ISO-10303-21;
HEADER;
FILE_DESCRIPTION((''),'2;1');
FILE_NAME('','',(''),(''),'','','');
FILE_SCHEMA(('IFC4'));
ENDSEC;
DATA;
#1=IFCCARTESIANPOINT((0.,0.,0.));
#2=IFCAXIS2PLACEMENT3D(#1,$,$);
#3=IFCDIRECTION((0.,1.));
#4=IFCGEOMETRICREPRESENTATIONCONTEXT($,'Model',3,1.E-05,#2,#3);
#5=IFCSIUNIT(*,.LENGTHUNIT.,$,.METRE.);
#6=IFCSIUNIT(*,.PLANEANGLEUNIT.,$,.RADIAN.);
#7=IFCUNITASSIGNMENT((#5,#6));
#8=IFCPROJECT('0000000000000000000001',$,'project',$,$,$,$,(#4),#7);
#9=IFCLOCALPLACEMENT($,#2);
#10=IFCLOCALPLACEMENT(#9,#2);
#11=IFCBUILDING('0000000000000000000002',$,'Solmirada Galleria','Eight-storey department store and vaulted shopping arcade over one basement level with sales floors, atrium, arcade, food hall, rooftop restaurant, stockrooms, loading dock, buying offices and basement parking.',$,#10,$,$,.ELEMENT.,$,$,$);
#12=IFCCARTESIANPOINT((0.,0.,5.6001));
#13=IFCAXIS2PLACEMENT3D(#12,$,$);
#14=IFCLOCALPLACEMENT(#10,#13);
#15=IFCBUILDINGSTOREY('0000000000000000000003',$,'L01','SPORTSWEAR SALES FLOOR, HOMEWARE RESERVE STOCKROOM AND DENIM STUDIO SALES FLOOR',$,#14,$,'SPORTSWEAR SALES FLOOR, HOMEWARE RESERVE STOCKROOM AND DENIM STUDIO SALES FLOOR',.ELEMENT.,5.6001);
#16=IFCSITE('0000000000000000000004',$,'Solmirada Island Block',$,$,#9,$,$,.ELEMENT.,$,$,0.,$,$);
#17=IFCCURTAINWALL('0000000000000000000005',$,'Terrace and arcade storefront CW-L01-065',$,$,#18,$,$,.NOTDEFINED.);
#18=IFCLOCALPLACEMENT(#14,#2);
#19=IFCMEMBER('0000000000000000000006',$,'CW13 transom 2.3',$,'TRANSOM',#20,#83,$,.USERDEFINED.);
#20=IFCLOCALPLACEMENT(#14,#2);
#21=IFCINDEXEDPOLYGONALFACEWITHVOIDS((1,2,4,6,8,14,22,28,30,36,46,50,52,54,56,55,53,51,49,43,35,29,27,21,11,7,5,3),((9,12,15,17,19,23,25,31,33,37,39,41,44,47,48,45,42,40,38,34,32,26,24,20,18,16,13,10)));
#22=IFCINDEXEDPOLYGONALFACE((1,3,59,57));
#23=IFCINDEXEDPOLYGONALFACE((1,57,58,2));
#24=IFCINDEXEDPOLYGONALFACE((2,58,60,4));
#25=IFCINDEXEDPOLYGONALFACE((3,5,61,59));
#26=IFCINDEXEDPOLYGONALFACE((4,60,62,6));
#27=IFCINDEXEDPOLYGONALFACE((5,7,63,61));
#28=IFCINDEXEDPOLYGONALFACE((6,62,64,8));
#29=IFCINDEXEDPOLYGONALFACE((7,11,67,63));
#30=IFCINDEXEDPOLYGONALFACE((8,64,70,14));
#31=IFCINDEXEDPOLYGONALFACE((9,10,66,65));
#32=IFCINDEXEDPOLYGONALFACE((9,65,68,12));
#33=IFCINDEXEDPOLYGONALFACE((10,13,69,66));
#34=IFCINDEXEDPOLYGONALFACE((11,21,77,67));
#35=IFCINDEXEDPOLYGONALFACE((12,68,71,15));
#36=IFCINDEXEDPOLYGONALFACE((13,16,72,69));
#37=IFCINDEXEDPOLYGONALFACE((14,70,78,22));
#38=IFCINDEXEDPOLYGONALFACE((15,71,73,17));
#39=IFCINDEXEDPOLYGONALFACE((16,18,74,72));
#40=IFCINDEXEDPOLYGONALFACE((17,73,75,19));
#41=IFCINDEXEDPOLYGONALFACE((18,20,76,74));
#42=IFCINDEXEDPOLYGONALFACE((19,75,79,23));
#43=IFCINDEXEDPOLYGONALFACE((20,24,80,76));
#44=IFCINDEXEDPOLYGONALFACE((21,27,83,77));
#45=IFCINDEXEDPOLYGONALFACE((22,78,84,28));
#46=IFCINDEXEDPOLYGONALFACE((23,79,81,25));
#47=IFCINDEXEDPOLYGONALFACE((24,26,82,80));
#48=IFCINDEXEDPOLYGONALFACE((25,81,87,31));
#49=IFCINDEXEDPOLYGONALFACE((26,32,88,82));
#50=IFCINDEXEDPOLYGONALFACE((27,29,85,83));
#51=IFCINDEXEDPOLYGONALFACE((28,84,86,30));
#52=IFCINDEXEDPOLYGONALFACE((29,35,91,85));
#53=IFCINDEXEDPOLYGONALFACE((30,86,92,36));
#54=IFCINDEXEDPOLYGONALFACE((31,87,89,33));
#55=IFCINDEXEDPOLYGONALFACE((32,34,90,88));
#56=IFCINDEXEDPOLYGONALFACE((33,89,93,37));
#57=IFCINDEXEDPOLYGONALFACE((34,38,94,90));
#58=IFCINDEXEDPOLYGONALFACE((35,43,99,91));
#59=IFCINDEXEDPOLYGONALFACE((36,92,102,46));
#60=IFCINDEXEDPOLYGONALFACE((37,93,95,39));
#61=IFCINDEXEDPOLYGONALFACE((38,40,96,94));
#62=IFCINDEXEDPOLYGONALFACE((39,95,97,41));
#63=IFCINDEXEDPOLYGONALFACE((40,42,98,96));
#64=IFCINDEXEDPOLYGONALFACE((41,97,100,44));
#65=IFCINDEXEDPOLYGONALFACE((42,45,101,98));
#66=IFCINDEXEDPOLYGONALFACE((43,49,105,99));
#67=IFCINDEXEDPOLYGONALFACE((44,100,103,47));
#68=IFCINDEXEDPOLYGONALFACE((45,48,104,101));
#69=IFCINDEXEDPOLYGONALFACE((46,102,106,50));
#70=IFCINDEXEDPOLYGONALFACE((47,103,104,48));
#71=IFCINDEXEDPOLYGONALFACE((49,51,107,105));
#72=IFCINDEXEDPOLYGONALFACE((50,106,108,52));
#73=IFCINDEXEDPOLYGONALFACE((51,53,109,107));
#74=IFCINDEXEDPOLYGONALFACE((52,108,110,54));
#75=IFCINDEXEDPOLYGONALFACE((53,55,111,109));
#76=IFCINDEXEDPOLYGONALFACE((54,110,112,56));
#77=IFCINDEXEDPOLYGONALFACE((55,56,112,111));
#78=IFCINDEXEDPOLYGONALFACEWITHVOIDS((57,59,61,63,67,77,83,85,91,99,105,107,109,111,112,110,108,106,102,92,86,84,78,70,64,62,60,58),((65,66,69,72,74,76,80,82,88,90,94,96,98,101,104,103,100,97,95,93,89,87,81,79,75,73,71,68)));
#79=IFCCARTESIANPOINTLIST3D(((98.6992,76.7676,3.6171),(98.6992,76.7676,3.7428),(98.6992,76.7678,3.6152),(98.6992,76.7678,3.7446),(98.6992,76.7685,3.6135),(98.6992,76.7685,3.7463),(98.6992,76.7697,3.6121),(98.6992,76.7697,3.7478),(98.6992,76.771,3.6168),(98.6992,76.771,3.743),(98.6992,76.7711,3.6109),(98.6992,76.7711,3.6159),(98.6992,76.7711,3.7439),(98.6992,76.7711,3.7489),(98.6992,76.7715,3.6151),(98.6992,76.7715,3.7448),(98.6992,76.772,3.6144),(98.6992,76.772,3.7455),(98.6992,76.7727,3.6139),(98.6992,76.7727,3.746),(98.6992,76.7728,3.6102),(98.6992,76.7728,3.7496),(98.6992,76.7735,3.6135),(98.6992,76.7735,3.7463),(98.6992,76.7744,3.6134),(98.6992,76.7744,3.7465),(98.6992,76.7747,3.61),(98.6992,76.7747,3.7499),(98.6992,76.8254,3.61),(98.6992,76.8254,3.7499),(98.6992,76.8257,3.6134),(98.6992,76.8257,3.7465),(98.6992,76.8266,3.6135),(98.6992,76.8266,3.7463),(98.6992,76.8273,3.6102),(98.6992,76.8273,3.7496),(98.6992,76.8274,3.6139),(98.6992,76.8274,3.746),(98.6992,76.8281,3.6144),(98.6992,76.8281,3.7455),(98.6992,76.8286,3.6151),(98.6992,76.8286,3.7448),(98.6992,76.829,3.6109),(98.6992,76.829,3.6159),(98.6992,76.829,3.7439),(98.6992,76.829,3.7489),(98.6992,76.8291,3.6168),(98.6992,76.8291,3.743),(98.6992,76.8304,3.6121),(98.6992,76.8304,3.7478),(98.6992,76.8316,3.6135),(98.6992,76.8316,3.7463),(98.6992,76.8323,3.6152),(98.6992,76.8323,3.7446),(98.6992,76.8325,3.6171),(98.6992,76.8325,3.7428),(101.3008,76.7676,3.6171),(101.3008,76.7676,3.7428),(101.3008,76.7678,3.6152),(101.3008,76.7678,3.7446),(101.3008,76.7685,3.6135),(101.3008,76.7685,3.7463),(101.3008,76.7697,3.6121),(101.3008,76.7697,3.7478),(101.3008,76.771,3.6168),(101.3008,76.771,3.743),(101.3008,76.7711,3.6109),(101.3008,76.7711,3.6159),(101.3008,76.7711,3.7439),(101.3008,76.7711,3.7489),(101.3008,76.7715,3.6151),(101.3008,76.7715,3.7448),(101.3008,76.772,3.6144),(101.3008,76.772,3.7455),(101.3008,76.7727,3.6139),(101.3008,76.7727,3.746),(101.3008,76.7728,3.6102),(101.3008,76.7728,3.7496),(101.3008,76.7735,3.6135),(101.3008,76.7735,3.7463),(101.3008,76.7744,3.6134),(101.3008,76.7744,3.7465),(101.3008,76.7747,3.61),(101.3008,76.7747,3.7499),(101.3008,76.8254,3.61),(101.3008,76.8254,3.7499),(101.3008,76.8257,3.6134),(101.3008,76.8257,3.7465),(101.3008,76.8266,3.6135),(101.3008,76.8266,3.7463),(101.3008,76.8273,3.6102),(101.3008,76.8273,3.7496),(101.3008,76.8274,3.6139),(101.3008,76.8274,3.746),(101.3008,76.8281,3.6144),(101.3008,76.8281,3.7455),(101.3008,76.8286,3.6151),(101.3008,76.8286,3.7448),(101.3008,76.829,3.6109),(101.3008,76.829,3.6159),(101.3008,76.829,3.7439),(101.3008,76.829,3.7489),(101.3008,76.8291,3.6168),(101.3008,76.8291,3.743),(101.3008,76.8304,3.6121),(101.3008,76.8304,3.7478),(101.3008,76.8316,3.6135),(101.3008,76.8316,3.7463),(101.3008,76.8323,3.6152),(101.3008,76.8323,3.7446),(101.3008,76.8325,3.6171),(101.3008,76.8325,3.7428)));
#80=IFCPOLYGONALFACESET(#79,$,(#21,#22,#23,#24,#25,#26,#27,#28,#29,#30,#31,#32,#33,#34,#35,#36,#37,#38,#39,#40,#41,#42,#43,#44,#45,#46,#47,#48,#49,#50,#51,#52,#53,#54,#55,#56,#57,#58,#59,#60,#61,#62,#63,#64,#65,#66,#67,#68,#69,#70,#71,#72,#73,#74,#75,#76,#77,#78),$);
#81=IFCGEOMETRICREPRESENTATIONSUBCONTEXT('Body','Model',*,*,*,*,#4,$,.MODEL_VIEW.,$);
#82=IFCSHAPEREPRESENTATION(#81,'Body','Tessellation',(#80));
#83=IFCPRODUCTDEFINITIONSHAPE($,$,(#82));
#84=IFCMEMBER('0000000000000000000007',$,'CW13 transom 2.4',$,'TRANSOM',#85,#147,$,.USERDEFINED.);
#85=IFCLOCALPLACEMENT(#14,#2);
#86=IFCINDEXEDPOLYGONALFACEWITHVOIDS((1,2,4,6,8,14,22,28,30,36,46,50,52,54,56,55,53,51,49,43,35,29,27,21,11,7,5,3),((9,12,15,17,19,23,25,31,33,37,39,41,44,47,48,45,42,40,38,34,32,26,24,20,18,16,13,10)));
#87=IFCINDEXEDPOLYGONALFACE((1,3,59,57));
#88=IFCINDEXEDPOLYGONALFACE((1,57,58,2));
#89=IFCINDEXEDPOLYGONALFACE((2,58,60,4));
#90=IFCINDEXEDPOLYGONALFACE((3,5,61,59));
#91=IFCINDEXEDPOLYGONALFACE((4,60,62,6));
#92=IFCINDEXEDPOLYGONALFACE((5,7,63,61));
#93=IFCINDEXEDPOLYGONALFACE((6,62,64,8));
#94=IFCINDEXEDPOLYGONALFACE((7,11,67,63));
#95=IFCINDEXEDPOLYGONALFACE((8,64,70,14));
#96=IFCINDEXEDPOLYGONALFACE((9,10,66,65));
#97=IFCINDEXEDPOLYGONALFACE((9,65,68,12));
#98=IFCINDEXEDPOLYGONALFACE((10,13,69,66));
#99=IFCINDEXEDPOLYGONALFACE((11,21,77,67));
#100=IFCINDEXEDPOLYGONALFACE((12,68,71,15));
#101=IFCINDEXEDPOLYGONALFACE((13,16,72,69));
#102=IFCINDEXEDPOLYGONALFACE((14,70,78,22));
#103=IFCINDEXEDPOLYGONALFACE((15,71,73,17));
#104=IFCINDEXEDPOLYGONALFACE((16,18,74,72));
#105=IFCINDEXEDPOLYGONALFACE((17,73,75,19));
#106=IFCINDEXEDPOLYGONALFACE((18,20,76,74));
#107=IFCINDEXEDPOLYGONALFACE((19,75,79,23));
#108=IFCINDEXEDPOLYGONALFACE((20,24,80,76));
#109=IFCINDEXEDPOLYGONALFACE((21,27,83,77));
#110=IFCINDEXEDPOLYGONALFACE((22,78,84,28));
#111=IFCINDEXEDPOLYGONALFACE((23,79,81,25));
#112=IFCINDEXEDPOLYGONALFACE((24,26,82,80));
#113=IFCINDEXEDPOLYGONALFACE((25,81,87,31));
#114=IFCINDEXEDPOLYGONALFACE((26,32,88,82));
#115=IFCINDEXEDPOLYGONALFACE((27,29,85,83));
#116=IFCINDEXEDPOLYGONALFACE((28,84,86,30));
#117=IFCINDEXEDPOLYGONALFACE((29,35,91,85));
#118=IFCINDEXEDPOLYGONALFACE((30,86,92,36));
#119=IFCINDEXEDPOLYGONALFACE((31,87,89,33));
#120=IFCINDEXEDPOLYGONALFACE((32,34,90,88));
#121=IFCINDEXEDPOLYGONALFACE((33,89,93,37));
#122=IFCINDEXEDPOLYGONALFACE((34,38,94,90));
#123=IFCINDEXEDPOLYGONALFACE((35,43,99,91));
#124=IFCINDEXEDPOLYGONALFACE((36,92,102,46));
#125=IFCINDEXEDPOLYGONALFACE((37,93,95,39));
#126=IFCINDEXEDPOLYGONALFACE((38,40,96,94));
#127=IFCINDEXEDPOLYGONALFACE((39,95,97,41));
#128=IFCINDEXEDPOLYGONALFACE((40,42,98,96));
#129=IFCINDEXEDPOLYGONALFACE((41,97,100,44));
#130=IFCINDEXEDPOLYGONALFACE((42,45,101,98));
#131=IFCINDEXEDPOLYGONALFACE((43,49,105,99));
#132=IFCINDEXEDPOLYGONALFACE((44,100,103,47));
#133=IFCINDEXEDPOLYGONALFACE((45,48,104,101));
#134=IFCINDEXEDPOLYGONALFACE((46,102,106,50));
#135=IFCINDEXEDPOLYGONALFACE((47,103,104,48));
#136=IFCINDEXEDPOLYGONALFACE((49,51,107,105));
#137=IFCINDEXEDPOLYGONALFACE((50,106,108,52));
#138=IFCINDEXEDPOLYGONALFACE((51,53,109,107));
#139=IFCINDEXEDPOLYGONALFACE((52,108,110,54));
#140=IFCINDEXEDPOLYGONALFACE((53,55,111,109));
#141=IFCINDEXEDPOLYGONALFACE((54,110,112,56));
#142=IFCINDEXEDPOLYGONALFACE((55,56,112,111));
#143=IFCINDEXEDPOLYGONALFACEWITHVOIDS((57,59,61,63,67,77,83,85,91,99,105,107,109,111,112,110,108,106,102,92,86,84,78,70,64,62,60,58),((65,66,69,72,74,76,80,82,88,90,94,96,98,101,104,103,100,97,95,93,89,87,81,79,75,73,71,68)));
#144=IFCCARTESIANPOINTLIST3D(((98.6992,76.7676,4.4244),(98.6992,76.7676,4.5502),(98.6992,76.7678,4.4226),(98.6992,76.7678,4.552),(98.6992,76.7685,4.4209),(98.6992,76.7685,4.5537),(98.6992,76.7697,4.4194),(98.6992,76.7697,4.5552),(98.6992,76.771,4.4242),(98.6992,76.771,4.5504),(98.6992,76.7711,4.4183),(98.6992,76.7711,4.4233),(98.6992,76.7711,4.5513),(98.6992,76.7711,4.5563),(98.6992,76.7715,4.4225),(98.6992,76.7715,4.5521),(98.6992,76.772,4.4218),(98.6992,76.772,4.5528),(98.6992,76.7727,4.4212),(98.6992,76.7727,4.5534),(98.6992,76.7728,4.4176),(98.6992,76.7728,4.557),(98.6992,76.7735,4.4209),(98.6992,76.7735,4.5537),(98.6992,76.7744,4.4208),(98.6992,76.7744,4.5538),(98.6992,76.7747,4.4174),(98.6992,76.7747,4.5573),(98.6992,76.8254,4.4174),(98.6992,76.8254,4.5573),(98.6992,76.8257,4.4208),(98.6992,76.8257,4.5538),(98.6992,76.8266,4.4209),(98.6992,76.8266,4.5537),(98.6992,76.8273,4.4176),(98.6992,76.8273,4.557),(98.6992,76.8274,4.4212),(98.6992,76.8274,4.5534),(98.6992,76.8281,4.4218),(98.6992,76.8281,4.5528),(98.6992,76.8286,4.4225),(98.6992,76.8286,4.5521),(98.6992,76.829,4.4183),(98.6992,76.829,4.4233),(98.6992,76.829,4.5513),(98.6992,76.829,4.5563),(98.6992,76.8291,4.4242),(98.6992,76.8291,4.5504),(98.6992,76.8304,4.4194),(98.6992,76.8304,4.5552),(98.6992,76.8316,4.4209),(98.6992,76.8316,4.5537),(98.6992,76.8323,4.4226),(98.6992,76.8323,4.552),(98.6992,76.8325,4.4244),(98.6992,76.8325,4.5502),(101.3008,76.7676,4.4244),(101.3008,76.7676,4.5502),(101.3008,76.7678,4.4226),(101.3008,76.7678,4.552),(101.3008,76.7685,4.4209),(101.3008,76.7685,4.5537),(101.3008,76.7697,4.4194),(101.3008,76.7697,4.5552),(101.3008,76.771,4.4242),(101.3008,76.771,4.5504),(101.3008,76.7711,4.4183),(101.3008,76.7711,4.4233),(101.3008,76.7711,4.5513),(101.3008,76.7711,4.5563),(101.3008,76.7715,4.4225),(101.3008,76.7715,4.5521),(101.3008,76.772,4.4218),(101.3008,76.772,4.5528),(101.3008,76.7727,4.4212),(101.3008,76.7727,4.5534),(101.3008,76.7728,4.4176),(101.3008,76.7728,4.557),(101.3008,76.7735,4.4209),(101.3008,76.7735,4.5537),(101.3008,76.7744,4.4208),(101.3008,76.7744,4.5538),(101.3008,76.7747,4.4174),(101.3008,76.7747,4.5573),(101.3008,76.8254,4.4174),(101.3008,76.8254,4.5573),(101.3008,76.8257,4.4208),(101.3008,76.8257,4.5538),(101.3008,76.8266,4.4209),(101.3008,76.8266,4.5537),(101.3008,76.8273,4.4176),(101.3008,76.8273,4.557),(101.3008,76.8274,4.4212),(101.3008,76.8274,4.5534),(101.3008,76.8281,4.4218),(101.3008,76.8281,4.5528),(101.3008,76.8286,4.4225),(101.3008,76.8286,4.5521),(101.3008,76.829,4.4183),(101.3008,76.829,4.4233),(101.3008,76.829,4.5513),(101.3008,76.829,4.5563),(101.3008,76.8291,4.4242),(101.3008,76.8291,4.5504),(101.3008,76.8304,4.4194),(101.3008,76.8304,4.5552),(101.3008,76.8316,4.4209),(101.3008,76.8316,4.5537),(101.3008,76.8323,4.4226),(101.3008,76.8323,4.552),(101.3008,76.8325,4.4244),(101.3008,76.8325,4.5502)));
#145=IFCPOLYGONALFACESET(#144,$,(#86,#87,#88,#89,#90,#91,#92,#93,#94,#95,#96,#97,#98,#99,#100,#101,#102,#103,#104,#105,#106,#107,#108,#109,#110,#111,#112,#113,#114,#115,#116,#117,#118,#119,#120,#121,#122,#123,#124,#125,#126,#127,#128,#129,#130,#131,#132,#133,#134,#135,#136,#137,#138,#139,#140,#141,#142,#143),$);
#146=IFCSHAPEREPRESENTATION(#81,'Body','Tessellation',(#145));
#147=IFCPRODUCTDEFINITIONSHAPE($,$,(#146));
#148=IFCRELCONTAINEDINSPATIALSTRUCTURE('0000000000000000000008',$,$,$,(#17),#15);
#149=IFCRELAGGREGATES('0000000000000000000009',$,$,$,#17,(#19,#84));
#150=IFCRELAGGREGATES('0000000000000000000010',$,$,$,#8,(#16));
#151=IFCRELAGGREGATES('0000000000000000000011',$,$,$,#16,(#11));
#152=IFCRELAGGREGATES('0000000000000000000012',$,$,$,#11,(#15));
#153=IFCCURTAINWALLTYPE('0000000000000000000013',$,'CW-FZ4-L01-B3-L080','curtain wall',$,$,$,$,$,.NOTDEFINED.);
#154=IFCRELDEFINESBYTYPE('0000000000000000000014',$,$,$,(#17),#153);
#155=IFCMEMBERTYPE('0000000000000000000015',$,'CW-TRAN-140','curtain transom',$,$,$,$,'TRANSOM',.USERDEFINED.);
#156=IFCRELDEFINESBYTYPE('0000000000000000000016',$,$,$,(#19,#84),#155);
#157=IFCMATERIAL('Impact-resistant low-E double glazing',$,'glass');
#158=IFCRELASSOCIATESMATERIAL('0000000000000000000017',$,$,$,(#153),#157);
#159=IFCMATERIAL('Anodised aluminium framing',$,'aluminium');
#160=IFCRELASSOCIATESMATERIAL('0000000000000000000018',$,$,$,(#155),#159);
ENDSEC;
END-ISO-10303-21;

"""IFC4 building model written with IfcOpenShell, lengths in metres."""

from ifc_helpers import new_model, si_unit, direction, frame, origin, origin_2d, place, context, subcontext, project, spatial, hollow_rectangle, extrude, material, material_profile, profile_set, type_object, element, aggregate, save


model = new_model("IFC4")

# Units and contexts
model_context = context("Model", 3, precision=1e-05, world=origin(), true_north=direction((0.0, 1.0)))
body_context = subcontext(model_context, "Body", "Model", "MODEL_VIEW")
ifc_project = project(units=[si_unit("LENGTHUNIT", "METRE"), si_unit("PLANEANGLEUNIT", "RADIAN")], contexts=[model_context])

# Site, building, storey
site_placement = place(None, origin())
site = spatial("IfcSite", under=ifc_project, at=site_placement, Name="Solmirada Island Block", CompositionType="ELEMENT", RefElevation=0.0)
building_placement = place(site_placement, origin())
building = spatial("IfcBuilding", under=site, at=building_placement, Name="Solmirada Galleria", Description="Eight-storey department store and vaulted shopping arcade over one basement level with sales floors, atrium, arcade, food hall, rooftop restaurant, stockrooms, loading dock, buying offices and basement parking.", CompositionType="ELEMENT")
storey_placement = place(building_placement, frame((0.0, 0.0, 5.6001)))
storey = spatial("IfcBuildingStorey", under=building, at=storey_placement, Name="L01", Description="SPORTSWEAR SALES FLOOR, HOMEWARE RESERVE STOCKROOM AND DENIM STUDIO SALES FLOOR", LongName="SPORTSWEAR SALES FLOOR, HOMEWARE RESERVE STOCKROOM AND DENIM STUDIO SALES FLOOR", CompositionType="ELEMENT", Elevation=5.6001)

# Curtain wall, members
ifc_material_1 = material(Name="Impact-resistant low-E double glazing", Category="glass")
curtain_wall_type = type_object("IfcCurtainWallType", Name="CW-FZ4-L01-B3-L080", Description="curtain wall", PredefinedType="NOTDEFINED", material=ifc_material_1)
curtain_wall_placement = place(storey_placement, origin())
curtain_wall = element("IfcCurtainWall", 1, at=curtain_wall_placement, inside=storey, type_object=curtain_wall_type, Name="Terrace and arcade storefront CW-L01-065", PredefinedType="NOTDEFINED")
ifc_material_2 = material(Name="Anodised aluminium framing", Category="aluminium")
ifc_material_profile_1 = material_profile(ifc_material_2, hollow_rectangle(XDim=0.0649, YDim=0.1399, WallThickness=0.0034, InnerFilletRadius=0.0034, OuterFilletRadius=0.0071, at=origin_2d()), Name="ALU-TRAN-140X65")
ifc_profile_set_1 = profile_set([ifc_material_profile_1], Name="Anodised aluminium framing")
member_type_1 = type_object("IfcMemberType", Name="CW-TRAN-140", Description="curtain transom", ElementType="TRANSOM", PredefinedType="USERDEFINED", material=ifc_profile_set_1)
member_1_placement = place(storey_placement, frame((101.3008, 76.8, 3.6799), z_axis=(-1.0, 0.0, 0.0), x_axis=(0.0, -1.0, 0.0)))
member_1 = element("IfcMember", 2, at=member_1_placement, type_object=member_type_1, Name="CW13 transom 2.3", ObjectType="TRANSOM", PredefinedType="USERDEFINED", context=body_context, shape_type="SweptSolid", body=[
    extrude(hollow_rectangle(XDim=0.0649, YDim=0.1399, WallThickness=0.0034, InnerFilletRadius=0.0034, OuterFilletRadius=0.0071, at=origin_2d()), origin(), (0.0, 0.0, 1.0), 2.6016),
])
member_2_placement = place(storey_placement, frame((101.3008, 76.8, 4.4873), z_axis=(-1.0, 0.0, 0.0), x_axis=(0.0, -1.0, 0.0)))
member_2 = element("IfcMember", 3, at=member_2_placement, type_object=member_type_1, Name="CW13 transom 2.4", ObjectType="TRANSOM", PredefinedType="USERDEFINED", context=body_context, shape_type="SweptSolid", body=[
    extrude(hollow_rectangle(XDim=0.0649, YDim=0.1399, WallThickness=0.0034, InnerFilletRadius=0.0034, OuterFilletRadius=0.0071, at=origin_2d()), origin(), (0.0, 0.0, 1.0), 2.6016),
])
aggregate(curtain_wall, [member_1, member_2])

save(model, "model.ifc")
